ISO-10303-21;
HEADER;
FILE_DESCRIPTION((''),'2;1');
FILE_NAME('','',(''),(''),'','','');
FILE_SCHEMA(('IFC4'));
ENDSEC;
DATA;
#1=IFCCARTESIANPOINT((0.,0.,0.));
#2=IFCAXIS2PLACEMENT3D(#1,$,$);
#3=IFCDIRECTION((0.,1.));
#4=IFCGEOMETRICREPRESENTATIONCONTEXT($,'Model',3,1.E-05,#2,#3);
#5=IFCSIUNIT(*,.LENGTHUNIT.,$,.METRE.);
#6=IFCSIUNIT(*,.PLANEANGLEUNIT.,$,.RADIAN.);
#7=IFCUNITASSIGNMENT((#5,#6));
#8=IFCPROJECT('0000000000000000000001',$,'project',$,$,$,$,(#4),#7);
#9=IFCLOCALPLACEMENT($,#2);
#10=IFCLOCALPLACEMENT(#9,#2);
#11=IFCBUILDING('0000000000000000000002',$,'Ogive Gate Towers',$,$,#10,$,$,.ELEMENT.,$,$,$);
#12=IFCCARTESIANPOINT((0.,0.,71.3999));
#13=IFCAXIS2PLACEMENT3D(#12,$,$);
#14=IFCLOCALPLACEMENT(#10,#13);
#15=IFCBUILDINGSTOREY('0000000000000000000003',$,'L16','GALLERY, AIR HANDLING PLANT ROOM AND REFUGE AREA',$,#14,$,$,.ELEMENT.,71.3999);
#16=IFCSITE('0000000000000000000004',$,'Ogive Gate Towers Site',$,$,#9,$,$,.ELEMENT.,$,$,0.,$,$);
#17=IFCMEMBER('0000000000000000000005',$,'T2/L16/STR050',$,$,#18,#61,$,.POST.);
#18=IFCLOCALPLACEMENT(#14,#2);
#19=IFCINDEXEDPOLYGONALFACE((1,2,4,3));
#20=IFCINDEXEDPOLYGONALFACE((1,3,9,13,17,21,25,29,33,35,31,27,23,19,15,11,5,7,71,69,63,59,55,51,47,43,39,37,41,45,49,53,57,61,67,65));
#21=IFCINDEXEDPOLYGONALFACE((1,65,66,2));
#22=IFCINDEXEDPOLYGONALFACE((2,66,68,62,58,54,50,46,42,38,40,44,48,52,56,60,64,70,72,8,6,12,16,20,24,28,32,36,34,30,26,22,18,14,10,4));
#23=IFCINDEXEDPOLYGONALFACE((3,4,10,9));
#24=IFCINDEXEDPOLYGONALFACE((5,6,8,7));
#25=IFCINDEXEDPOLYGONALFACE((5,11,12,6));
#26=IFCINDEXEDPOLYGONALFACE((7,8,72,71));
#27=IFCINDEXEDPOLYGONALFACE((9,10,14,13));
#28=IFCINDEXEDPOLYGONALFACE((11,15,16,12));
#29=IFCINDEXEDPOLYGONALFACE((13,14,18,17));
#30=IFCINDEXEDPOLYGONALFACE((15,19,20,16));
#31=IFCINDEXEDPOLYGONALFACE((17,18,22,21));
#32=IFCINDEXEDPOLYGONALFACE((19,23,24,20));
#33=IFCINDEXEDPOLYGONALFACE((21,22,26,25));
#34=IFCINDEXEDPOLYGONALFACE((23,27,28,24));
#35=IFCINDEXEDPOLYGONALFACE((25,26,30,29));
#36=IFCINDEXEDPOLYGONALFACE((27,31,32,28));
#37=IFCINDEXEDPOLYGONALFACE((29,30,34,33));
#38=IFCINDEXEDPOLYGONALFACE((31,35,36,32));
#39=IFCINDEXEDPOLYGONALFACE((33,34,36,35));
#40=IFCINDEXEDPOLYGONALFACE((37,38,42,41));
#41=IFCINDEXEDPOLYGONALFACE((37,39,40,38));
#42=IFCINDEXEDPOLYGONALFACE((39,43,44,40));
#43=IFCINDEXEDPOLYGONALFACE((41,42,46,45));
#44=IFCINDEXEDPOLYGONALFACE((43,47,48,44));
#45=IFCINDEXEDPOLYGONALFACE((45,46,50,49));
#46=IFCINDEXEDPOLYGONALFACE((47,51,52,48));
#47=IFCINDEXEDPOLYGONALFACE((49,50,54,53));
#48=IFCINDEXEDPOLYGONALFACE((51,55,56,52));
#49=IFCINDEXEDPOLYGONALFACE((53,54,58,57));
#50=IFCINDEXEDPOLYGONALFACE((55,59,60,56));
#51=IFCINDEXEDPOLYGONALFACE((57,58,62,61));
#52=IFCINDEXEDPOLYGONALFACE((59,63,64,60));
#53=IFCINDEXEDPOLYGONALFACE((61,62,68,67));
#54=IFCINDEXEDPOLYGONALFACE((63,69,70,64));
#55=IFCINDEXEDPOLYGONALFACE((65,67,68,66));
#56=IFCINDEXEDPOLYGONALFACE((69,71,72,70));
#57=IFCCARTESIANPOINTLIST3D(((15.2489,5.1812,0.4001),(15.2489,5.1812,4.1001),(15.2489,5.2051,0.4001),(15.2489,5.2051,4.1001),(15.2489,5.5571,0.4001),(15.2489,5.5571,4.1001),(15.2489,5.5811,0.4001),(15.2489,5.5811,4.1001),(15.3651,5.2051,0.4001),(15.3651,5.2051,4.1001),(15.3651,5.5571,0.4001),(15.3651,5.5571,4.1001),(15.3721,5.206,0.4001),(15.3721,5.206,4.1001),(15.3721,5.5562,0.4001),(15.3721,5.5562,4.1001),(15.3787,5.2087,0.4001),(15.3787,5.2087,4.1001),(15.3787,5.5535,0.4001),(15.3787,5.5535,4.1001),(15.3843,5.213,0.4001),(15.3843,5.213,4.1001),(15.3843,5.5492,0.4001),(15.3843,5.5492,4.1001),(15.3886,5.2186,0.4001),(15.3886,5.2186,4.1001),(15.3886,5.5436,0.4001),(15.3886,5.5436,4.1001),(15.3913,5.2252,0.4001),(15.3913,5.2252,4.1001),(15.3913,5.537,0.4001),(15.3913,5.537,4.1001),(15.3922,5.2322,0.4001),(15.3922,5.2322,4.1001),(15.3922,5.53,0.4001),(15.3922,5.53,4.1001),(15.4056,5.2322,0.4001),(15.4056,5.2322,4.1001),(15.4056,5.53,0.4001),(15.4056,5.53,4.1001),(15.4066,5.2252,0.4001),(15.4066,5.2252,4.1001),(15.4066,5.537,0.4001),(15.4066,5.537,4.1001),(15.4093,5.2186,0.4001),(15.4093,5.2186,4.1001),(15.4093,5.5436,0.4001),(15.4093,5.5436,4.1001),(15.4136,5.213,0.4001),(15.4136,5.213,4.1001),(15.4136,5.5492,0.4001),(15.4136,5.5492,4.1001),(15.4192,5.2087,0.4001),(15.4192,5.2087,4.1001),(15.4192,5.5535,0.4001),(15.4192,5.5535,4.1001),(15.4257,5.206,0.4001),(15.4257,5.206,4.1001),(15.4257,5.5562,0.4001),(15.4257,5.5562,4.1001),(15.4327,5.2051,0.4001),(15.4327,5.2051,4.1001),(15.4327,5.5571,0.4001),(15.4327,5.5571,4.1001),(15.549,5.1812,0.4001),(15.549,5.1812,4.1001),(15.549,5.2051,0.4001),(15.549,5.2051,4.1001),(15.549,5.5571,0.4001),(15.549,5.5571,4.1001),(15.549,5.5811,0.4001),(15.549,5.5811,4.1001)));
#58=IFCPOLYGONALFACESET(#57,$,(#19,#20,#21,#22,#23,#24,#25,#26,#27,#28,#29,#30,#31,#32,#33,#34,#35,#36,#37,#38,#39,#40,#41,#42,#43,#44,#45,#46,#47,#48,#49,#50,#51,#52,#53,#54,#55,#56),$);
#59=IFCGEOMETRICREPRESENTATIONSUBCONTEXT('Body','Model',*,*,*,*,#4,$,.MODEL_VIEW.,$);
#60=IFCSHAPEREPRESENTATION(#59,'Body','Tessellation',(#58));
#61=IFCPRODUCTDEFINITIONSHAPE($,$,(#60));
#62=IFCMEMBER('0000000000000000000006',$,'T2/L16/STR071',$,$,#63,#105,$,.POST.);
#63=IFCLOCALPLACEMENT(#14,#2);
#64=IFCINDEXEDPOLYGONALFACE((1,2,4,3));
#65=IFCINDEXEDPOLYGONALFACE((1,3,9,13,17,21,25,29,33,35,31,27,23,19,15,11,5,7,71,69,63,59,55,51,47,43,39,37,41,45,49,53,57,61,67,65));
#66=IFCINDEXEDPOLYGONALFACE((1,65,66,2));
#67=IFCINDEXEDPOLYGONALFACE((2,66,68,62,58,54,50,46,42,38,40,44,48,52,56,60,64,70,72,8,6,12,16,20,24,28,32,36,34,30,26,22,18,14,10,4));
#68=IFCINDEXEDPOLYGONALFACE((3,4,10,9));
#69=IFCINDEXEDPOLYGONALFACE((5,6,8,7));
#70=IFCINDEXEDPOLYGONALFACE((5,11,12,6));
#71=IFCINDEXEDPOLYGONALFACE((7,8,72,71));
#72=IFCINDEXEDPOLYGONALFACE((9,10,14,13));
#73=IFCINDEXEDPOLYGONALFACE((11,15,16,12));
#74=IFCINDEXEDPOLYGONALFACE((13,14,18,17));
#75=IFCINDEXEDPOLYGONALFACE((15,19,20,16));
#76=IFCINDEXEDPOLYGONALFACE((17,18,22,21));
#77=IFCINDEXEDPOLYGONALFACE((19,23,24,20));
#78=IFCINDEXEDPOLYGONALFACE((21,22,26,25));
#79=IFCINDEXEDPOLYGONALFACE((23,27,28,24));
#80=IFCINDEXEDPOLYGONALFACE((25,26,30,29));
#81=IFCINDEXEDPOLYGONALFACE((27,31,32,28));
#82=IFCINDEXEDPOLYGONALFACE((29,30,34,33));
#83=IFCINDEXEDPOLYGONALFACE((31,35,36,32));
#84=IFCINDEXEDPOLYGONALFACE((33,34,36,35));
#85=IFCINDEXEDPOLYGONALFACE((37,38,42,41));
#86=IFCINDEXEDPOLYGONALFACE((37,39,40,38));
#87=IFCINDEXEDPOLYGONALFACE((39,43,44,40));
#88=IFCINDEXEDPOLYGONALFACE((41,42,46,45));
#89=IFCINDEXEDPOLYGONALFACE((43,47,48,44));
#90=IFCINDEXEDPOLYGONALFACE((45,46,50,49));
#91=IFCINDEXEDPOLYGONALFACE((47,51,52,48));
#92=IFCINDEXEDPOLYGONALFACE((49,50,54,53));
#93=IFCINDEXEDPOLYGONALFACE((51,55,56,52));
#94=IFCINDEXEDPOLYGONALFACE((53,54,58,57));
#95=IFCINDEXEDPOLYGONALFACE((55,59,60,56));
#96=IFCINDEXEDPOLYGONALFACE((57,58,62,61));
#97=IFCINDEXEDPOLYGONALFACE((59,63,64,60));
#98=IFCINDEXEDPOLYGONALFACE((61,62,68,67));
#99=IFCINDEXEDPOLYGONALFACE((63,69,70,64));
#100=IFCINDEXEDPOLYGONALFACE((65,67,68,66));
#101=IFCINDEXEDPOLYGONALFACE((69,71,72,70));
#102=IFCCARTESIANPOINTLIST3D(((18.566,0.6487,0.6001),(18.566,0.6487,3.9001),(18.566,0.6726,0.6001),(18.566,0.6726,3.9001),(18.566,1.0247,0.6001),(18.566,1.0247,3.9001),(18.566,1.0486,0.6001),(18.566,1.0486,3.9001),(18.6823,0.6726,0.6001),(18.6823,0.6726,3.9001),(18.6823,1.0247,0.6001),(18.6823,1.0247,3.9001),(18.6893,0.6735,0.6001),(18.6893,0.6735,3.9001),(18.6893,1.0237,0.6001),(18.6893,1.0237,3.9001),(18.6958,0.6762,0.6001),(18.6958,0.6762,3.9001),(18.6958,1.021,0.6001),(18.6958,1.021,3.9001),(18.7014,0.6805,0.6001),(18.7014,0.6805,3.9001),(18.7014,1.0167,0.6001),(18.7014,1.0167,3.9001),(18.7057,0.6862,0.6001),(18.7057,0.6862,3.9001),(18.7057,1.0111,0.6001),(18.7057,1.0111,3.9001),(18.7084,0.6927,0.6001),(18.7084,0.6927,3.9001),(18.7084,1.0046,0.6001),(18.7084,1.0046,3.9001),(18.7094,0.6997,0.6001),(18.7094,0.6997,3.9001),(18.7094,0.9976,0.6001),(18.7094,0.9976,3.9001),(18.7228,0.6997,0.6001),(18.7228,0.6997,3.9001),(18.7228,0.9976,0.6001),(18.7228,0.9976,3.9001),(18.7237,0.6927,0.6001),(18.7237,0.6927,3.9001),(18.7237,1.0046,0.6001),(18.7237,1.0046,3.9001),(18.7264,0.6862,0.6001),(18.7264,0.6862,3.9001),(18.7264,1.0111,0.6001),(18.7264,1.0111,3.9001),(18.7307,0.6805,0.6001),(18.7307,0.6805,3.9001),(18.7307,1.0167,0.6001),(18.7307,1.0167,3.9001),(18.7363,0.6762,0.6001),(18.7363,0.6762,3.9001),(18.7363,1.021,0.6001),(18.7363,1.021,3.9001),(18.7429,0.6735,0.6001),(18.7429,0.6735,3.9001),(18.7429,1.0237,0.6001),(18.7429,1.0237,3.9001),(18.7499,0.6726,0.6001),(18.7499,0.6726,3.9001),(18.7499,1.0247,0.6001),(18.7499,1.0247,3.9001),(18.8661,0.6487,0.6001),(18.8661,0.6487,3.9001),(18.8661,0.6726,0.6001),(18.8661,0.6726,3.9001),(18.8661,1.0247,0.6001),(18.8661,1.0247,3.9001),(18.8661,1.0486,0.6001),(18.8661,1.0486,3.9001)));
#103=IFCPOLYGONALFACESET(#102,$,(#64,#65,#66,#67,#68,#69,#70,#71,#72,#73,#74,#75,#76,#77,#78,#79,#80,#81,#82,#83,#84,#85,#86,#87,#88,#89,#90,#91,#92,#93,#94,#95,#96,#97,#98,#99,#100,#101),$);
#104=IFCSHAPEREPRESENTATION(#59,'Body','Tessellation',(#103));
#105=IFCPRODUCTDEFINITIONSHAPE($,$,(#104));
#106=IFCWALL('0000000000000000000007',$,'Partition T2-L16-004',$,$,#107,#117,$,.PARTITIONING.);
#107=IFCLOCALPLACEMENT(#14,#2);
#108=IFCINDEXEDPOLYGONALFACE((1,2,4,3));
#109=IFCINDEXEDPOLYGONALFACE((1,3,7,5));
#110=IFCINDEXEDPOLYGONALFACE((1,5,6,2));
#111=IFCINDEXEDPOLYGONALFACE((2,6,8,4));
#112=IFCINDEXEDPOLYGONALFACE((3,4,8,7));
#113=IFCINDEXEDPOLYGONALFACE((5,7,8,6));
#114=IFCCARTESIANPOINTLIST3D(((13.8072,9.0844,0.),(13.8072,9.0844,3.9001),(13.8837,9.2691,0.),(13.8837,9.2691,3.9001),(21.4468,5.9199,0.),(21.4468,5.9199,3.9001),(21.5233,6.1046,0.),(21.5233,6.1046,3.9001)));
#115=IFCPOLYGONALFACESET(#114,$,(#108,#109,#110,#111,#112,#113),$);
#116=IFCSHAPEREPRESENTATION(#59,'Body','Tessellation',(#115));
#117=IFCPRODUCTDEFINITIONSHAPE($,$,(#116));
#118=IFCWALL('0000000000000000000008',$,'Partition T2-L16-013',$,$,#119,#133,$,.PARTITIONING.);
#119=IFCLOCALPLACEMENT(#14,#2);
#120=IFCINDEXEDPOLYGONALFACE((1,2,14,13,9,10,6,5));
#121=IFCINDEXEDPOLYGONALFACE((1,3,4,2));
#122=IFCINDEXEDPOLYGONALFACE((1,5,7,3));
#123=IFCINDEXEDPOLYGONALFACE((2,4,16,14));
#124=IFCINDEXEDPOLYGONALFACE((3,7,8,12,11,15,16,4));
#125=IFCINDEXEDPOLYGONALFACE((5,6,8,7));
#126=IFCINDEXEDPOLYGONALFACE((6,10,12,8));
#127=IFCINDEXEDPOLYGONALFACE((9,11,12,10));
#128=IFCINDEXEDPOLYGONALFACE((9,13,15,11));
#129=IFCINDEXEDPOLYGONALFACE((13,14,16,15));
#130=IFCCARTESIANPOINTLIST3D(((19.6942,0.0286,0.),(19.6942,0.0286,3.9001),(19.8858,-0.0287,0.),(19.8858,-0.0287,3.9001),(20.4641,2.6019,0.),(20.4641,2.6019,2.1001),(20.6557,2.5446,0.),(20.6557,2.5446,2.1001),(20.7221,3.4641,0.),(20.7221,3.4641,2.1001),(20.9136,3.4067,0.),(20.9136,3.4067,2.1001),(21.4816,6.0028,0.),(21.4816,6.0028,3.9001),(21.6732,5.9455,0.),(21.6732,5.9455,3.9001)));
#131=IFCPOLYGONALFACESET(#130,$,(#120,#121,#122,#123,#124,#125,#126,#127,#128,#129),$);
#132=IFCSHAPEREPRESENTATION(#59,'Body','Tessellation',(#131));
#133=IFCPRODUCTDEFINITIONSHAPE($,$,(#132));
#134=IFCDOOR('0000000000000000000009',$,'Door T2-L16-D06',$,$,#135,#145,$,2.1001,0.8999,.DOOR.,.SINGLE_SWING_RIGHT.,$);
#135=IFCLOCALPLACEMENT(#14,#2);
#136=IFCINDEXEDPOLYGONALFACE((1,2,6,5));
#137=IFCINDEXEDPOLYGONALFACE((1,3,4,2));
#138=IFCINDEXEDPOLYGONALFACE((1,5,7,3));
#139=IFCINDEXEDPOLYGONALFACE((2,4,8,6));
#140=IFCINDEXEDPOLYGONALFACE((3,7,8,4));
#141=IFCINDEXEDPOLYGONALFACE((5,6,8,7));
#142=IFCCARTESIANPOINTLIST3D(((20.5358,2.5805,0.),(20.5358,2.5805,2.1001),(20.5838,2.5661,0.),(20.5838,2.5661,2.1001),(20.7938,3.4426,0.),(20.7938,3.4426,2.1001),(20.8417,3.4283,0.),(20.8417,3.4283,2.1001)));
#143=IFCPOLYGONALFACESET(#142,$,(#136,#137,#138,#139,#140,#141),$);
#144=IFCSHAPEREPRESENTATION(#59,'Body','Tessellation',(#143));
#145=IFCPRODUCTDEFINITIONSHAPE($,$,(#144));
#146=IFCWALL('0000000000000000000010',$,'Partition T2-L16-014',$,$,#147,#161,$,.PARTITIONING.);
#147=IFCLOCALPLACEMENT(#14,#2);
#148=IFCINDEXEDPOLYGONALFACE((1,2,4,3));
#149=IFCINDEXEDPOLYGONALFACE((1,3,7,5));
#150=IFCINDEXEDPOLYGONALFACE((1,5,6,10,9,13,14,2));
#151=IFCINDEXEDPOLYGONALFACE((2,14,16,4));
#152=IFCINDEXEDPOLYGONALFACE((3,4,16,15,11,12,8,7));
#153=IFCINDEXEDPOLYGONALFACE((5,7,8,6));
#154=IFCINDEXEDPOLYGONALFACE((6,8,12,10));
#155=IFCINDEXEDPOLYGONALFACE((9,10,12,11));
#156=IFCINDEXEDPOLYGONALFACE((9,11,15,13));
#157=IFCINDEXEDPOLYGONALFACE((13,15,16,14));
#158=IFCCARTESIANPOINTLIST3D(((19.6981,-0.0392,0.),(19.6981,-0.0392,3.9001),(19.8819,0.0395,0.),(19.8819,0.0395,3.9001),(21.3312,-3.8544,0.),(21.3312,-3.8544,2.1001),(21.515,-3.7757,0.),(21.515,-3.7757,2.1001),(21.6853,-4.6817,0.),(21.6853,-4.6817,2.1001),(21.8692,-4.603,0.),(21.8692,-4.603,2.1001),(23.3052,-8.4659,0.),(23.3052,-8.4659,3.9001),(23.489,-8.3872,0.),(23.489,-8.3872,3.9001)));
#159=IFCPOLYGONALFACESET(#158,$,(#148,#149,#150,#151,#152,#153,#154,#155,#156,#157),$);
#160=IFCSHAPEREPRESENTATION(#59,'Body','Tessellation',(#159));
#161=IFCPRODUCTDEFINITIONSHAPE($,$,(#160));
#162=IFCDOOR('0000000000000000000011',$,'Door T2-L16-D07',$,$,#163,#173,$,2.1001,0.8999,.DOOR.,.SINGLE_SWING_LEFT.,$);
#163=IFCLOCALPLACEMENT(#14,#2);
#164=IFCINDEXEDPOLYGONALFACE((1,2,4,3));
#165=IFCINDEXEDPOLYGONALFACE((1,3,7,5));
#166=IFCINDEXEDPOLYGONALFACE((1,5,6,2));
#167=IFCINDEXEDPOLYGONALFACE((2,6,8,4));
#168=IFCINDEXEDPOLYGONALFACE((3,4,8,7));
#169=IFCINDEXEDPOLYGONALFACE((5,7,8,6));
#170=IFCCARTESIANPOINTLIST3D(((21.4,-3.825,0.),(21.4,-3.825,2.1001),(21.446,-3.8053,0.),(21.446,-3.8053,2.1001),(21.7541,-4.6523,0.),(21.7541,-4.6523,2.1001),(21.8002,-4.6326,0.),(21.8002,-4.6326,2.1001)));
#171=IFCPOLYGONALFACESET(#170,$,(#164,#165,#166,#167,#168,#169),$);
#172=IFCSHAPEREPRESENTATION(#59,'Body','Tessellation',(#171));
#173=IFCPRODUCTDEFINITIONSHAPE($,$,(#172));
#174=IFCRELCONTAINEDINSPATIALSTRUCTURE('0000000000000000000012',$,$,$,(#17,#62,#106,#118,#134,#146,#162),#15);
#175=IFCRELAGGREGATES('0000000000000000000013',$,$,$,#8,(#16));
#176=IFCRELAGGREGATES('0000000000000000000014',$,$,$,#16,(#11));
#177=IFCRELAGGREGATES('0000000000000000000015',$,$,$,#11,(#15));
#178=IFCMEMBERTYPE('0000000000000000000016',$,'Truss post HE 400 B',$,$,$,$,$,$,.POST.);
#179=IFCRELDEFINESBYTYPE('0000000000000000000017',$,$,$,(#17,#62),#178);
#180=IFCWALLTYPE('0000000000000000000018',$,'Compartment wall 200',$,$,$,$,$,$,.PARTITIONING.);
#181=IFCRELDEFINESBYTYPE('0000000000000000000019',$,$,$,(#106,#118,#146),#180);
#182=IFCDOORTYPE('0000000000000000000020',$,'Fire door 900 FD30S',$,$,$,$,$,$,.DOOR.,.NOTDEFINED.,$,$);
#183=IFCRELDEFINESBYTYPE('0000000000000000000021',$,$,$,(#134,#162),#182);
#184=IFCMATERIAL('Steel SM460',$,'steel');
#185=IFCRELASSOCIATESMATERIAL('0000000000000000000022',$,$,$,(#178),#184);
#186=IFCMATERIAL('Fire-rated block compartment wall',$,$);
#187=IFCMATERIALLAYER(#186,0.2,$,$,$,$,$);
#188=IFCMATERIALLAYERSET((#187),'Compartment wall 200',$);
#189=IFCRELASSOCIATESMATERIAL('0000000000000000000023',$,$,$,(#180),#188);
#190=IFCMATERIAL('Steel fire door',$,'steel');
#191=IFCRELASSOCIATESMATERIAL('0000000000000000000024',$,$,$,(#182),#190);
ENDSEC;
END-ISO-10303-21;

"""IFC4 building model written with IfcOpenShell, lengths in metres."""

from ifc_helpers import new_model, si_unit, direction, frame, frame_2d, origin, origin_2d, place, context, subcontext, project, spatial, rectangle, i_section, extrude, material, layer, layer_set, material_profile, profile_set, type_object, element, fill, save


model = new_model("IFC4")

# Units and contexts
model_context = context("Model", 3, precision=1e-05, world=origin(), true_north=direction((0.0, 1.0)))
body_context = subcontext(model_context, "Body", "Model", "MODEL_VIEW")
ifc_project = project(units=[si_unit("LENGTHUNIT", "METRE"), si_unit("PLANEANGLEUNIT", "RADIAN")], contexts=[model_context])

# Site, building, storey
site_placement = place(None, origin())
site = spatial("IfcSite", under=ifc_project, at=site_placement, Name="Ogive Gate Towers Site", CompositionType="ELEMENT", RefElevation=0.0)
building_placement = place(site_placement, origin())
building = spatial("IfcBuilding", under=site, at=building_placement, Name="Ogive Gate Towers", CompositionType="ELEMENT")
storey_placement = place(building_placement, frame((0.0, 0.0, 71.3999)))
storey = spatial("IfcBuildingStorey", under=building, at=storey_placement, Name="L16", Description="GALLERY, AIR HANDLING PLANT ROOM AND REFUGE AREA", CompositionType="ELEMENT", Elevation=71.3999)

# Shared definitions
ifc_material_1 = material(Name="Steel SM460", Category="steel")

# Members
ifc_material_profile_1 = material_profile(ifc_material_1, i_section(OverallWidth=0.3, OverallDepth=0.3999, WebThickness=0.0134, FlangeThickness=0.0239, FilletRadius=0.0271, at=origin_2d()), Name="HE 400 B")
ifc_profile_set_1 = profile_set([ifc_material_profile_1], Name="Steel SM460")
member_type_1 = type_object("IfcMemberType", Name="Truss post HE 400 B", PredefinedType="POST", material=ifc_profile_set_1)
member_1_placement = place(storey_placement, frame((15.3989, 5.3811, 0.4001), z_axis=(0.0, 0.0, 1.0), x_axis=(1.0, 0.0, 0.0)))
element("IfcMember", 1, at=member_1_placement, inside=storey, type_object=member_type_1, Name="T2/L16/STR050", PredefinedType="POST", context=body_context, shape_type="SweptSolid", body=[
    extrude(i_section(OverallWidth=0.3, OverallDepth=0.3999, WebThickness=0.0134, FlangeThickness=0.0239, FilletRadius=0.0271, at=origin_2d()), origin(), (0.0, 0.0, 1.0), 3.7),
])
member_2_placement = place(storey_placement, frame((18.7161, 0.8486, 0.6001), z_axis=(0.0, 0.0, 1.0), x_axis=(1.0, 0.0, 0.0)))
element("IfcMember", 2, at=member_2_placement, inside=storey, type_object=member_type_1, Name="T2/L16/STR071", PredefinedType="POST", context=body_context, shape_type="SweptSolid", body=[
    extrude(i_section(OverallWidth=0.3, OverallDepth=0.3999, WebThickness=0.0134, FlangeThickness=0.0239, FilletRadius=0.0271, at=origin_2d()), origin(), (0.0, 0.0, 1.0), 3.3),
])

# Wall
ifc_material_2 = material(Name="Fire-rated block compartment wall")
ifc_layer_1 = layer(ifc_material_2, 0.2)
ifc_layer_set_1 = layer_set([ifc_layer_1], Name="Compartment wall 200")
wall_type_1 = type_object("IfcWallType", Name="Compartment wall 200", PredefinedType="PARTITIONING", material=ifc_layer_set_1)
wall_1_placement = place(storey_placement, frame((13.8455, 9.1768, 0.0), z_axis=(0.0, 0.0, 1.0), x_axis=(0.923875, -0.382694, 0.0)))
element("IfcWall", 3, at=wall_1_placement, inside=storey, type_object=wall_type_1, Name="Partition T2-L16-004", PredefinedType="PARTITIONING", context=body_context, shape_type="SweptSolid", body=[
    extrude(rectangle(XDim=8.269, YDim=0.2, at=frame_2d((4.1345, 0.0))), origin(), (0.0, 0.0, 1.0), 3.9001),
])

# Walls, openings, doors
wall_2_placement = place(storey_placement, frame((21.5774, 5.9741, 0.0), z_axis=(0.0, 0.0, 1.0), x_axis=(-0.286629, -0.958042, 0.0)))
wall_2 = element("IfcWall", 4, at=wall_2_placement, inside=storey, type_object=wall_type_1, Name="Partition T2-L16-013", PredefinedType="PARTITIONING", context=body_context, shape_type="SweptSolid", body=[
    extrude(rectangle(XDim=6.2358, YDim=0.2, at=frame_2d((3.1179, 0.0))), origin(), (0.0, 0.0, 1.0), 3.9001),
])
opening_1_placement = place(wall_2_placement, frame((2.6499, 0.0, 0.0)))
opening_1 = element("IfcOpeningElement", 5, at=opening_1_placement, cuts=wall_2, PredefinedType="OPENING", context=body_context, shape_type="SweptSolid", body=[
    extrude(rectangle(XDim=0.8999, YDim=2.1001, at=frame_2d((0.45, 1.05))), frame((0.0, 0.1099, 0.0), z_axis=(0.0, -1.0, 0.0), x_axis=(1.0, 0.0, 0.0)), (0.0, 0.0, 1.0), 0.22),
])
ifc_material_3 = material(Name="Steel fire door", Category="steel")
door_type_1 = type_object("IfcDoorType", Name="Fire door 900 FD30S", OperationType="NOTDEFINED", PredefinedType="DOOR", material=ifc_material_3)
door_1_placement = place(opening_1_placement, origin())
door_1 = element("IfcDoor", 6, at=door_1_placement, inside=storey, type_object=door_type_1, Name="Door T2-L16-D06", OperationType="SINGLE_SWING_RIGHT", OverallHeight=2.1001, OverallWidth=0.8999, PredefinedType="DOOR", context=body_context, shape_type="SweptSolid", body=[
    extrude(rectangle(XDim=0.8999, YDim=2.1001, at=frame_2d((0.45, 1.05))), frame((0.0, 0.0249, 0.0), z_axis=(0.0, -1.0, 0.0), x_axis=(1.0, 0.0, 0.0)), (0.0, 0.0, 1.0), 0.05),
])
fill(opening_1, door_1)
wall_3_placement = place(storey_placement, frame((19.79, 0.0, 0.0), z_axis=(0.0, 0.0, 1.0), x_axis=(0.393524, -0.919314, 0.0)))
wall_3 = element("IfcWall", 7, at=wall_3_placement, inside=storey, type_object=wall_type_1, Name="Partition T2-L16-014", PredefinedType="PARTITIONING", context=body_context, shape_type="SweptSolid", body=[
    extrude(rectangle(XDim=9.1663, YDim=0.2, at=frame_2d((4.583, 0.0))), origin(), (0.0, 0.0, 1.0), 3.9001),
])
opening_2_placement = place(wall_3_placement, frame((4.1499, 0.0, 0.0)))
opening_2 = element("IfcOpeningElement", 8, at=opening_2_placement, cuts=wall_3, PredefinedType="OPENING", context=body_context, shape_type="SweptSolid", body=[
    extrude(rectangle(XDim=0.8999, YDim=2.1001, at=frame_2d((0.45, 1.05))), frame((0.0, 0.1099, 0.0), z_axis=(0.0, -1.0, 0.0), x_axis=(1.0, 0.0, 0.0)), (0.0, 0.0, 1.0), 0.22),
])
door_2_placement = place(opening_2_placement, origin())
door_2 = element("IfcDoor", 9, at=door_2_placement, inside=storey, type_object=door_type_1, Name="Door T2-L16-D07", OperationType="SINGLE_SWING_LEFT", OverallHeight=2.1001, OverallWidth=0.8999, PredefinedType="DOOR", context=body_context, shape_type="SweptSolid", body=[
    extrude(rectangle(XDim=0.8999, YDim=2.1001, at=frame_2d((0.45, 1.05))), frame((0.0, 0.0249, 0.0), z_axis=(0.0, -1.0, 0.0), x_axis=(1.0, 0.0, 0.0)), (0.0, 0.0, 1.0), 0.05),
])
fill(opening_2, door_2)

save(model, "model.ifc")
